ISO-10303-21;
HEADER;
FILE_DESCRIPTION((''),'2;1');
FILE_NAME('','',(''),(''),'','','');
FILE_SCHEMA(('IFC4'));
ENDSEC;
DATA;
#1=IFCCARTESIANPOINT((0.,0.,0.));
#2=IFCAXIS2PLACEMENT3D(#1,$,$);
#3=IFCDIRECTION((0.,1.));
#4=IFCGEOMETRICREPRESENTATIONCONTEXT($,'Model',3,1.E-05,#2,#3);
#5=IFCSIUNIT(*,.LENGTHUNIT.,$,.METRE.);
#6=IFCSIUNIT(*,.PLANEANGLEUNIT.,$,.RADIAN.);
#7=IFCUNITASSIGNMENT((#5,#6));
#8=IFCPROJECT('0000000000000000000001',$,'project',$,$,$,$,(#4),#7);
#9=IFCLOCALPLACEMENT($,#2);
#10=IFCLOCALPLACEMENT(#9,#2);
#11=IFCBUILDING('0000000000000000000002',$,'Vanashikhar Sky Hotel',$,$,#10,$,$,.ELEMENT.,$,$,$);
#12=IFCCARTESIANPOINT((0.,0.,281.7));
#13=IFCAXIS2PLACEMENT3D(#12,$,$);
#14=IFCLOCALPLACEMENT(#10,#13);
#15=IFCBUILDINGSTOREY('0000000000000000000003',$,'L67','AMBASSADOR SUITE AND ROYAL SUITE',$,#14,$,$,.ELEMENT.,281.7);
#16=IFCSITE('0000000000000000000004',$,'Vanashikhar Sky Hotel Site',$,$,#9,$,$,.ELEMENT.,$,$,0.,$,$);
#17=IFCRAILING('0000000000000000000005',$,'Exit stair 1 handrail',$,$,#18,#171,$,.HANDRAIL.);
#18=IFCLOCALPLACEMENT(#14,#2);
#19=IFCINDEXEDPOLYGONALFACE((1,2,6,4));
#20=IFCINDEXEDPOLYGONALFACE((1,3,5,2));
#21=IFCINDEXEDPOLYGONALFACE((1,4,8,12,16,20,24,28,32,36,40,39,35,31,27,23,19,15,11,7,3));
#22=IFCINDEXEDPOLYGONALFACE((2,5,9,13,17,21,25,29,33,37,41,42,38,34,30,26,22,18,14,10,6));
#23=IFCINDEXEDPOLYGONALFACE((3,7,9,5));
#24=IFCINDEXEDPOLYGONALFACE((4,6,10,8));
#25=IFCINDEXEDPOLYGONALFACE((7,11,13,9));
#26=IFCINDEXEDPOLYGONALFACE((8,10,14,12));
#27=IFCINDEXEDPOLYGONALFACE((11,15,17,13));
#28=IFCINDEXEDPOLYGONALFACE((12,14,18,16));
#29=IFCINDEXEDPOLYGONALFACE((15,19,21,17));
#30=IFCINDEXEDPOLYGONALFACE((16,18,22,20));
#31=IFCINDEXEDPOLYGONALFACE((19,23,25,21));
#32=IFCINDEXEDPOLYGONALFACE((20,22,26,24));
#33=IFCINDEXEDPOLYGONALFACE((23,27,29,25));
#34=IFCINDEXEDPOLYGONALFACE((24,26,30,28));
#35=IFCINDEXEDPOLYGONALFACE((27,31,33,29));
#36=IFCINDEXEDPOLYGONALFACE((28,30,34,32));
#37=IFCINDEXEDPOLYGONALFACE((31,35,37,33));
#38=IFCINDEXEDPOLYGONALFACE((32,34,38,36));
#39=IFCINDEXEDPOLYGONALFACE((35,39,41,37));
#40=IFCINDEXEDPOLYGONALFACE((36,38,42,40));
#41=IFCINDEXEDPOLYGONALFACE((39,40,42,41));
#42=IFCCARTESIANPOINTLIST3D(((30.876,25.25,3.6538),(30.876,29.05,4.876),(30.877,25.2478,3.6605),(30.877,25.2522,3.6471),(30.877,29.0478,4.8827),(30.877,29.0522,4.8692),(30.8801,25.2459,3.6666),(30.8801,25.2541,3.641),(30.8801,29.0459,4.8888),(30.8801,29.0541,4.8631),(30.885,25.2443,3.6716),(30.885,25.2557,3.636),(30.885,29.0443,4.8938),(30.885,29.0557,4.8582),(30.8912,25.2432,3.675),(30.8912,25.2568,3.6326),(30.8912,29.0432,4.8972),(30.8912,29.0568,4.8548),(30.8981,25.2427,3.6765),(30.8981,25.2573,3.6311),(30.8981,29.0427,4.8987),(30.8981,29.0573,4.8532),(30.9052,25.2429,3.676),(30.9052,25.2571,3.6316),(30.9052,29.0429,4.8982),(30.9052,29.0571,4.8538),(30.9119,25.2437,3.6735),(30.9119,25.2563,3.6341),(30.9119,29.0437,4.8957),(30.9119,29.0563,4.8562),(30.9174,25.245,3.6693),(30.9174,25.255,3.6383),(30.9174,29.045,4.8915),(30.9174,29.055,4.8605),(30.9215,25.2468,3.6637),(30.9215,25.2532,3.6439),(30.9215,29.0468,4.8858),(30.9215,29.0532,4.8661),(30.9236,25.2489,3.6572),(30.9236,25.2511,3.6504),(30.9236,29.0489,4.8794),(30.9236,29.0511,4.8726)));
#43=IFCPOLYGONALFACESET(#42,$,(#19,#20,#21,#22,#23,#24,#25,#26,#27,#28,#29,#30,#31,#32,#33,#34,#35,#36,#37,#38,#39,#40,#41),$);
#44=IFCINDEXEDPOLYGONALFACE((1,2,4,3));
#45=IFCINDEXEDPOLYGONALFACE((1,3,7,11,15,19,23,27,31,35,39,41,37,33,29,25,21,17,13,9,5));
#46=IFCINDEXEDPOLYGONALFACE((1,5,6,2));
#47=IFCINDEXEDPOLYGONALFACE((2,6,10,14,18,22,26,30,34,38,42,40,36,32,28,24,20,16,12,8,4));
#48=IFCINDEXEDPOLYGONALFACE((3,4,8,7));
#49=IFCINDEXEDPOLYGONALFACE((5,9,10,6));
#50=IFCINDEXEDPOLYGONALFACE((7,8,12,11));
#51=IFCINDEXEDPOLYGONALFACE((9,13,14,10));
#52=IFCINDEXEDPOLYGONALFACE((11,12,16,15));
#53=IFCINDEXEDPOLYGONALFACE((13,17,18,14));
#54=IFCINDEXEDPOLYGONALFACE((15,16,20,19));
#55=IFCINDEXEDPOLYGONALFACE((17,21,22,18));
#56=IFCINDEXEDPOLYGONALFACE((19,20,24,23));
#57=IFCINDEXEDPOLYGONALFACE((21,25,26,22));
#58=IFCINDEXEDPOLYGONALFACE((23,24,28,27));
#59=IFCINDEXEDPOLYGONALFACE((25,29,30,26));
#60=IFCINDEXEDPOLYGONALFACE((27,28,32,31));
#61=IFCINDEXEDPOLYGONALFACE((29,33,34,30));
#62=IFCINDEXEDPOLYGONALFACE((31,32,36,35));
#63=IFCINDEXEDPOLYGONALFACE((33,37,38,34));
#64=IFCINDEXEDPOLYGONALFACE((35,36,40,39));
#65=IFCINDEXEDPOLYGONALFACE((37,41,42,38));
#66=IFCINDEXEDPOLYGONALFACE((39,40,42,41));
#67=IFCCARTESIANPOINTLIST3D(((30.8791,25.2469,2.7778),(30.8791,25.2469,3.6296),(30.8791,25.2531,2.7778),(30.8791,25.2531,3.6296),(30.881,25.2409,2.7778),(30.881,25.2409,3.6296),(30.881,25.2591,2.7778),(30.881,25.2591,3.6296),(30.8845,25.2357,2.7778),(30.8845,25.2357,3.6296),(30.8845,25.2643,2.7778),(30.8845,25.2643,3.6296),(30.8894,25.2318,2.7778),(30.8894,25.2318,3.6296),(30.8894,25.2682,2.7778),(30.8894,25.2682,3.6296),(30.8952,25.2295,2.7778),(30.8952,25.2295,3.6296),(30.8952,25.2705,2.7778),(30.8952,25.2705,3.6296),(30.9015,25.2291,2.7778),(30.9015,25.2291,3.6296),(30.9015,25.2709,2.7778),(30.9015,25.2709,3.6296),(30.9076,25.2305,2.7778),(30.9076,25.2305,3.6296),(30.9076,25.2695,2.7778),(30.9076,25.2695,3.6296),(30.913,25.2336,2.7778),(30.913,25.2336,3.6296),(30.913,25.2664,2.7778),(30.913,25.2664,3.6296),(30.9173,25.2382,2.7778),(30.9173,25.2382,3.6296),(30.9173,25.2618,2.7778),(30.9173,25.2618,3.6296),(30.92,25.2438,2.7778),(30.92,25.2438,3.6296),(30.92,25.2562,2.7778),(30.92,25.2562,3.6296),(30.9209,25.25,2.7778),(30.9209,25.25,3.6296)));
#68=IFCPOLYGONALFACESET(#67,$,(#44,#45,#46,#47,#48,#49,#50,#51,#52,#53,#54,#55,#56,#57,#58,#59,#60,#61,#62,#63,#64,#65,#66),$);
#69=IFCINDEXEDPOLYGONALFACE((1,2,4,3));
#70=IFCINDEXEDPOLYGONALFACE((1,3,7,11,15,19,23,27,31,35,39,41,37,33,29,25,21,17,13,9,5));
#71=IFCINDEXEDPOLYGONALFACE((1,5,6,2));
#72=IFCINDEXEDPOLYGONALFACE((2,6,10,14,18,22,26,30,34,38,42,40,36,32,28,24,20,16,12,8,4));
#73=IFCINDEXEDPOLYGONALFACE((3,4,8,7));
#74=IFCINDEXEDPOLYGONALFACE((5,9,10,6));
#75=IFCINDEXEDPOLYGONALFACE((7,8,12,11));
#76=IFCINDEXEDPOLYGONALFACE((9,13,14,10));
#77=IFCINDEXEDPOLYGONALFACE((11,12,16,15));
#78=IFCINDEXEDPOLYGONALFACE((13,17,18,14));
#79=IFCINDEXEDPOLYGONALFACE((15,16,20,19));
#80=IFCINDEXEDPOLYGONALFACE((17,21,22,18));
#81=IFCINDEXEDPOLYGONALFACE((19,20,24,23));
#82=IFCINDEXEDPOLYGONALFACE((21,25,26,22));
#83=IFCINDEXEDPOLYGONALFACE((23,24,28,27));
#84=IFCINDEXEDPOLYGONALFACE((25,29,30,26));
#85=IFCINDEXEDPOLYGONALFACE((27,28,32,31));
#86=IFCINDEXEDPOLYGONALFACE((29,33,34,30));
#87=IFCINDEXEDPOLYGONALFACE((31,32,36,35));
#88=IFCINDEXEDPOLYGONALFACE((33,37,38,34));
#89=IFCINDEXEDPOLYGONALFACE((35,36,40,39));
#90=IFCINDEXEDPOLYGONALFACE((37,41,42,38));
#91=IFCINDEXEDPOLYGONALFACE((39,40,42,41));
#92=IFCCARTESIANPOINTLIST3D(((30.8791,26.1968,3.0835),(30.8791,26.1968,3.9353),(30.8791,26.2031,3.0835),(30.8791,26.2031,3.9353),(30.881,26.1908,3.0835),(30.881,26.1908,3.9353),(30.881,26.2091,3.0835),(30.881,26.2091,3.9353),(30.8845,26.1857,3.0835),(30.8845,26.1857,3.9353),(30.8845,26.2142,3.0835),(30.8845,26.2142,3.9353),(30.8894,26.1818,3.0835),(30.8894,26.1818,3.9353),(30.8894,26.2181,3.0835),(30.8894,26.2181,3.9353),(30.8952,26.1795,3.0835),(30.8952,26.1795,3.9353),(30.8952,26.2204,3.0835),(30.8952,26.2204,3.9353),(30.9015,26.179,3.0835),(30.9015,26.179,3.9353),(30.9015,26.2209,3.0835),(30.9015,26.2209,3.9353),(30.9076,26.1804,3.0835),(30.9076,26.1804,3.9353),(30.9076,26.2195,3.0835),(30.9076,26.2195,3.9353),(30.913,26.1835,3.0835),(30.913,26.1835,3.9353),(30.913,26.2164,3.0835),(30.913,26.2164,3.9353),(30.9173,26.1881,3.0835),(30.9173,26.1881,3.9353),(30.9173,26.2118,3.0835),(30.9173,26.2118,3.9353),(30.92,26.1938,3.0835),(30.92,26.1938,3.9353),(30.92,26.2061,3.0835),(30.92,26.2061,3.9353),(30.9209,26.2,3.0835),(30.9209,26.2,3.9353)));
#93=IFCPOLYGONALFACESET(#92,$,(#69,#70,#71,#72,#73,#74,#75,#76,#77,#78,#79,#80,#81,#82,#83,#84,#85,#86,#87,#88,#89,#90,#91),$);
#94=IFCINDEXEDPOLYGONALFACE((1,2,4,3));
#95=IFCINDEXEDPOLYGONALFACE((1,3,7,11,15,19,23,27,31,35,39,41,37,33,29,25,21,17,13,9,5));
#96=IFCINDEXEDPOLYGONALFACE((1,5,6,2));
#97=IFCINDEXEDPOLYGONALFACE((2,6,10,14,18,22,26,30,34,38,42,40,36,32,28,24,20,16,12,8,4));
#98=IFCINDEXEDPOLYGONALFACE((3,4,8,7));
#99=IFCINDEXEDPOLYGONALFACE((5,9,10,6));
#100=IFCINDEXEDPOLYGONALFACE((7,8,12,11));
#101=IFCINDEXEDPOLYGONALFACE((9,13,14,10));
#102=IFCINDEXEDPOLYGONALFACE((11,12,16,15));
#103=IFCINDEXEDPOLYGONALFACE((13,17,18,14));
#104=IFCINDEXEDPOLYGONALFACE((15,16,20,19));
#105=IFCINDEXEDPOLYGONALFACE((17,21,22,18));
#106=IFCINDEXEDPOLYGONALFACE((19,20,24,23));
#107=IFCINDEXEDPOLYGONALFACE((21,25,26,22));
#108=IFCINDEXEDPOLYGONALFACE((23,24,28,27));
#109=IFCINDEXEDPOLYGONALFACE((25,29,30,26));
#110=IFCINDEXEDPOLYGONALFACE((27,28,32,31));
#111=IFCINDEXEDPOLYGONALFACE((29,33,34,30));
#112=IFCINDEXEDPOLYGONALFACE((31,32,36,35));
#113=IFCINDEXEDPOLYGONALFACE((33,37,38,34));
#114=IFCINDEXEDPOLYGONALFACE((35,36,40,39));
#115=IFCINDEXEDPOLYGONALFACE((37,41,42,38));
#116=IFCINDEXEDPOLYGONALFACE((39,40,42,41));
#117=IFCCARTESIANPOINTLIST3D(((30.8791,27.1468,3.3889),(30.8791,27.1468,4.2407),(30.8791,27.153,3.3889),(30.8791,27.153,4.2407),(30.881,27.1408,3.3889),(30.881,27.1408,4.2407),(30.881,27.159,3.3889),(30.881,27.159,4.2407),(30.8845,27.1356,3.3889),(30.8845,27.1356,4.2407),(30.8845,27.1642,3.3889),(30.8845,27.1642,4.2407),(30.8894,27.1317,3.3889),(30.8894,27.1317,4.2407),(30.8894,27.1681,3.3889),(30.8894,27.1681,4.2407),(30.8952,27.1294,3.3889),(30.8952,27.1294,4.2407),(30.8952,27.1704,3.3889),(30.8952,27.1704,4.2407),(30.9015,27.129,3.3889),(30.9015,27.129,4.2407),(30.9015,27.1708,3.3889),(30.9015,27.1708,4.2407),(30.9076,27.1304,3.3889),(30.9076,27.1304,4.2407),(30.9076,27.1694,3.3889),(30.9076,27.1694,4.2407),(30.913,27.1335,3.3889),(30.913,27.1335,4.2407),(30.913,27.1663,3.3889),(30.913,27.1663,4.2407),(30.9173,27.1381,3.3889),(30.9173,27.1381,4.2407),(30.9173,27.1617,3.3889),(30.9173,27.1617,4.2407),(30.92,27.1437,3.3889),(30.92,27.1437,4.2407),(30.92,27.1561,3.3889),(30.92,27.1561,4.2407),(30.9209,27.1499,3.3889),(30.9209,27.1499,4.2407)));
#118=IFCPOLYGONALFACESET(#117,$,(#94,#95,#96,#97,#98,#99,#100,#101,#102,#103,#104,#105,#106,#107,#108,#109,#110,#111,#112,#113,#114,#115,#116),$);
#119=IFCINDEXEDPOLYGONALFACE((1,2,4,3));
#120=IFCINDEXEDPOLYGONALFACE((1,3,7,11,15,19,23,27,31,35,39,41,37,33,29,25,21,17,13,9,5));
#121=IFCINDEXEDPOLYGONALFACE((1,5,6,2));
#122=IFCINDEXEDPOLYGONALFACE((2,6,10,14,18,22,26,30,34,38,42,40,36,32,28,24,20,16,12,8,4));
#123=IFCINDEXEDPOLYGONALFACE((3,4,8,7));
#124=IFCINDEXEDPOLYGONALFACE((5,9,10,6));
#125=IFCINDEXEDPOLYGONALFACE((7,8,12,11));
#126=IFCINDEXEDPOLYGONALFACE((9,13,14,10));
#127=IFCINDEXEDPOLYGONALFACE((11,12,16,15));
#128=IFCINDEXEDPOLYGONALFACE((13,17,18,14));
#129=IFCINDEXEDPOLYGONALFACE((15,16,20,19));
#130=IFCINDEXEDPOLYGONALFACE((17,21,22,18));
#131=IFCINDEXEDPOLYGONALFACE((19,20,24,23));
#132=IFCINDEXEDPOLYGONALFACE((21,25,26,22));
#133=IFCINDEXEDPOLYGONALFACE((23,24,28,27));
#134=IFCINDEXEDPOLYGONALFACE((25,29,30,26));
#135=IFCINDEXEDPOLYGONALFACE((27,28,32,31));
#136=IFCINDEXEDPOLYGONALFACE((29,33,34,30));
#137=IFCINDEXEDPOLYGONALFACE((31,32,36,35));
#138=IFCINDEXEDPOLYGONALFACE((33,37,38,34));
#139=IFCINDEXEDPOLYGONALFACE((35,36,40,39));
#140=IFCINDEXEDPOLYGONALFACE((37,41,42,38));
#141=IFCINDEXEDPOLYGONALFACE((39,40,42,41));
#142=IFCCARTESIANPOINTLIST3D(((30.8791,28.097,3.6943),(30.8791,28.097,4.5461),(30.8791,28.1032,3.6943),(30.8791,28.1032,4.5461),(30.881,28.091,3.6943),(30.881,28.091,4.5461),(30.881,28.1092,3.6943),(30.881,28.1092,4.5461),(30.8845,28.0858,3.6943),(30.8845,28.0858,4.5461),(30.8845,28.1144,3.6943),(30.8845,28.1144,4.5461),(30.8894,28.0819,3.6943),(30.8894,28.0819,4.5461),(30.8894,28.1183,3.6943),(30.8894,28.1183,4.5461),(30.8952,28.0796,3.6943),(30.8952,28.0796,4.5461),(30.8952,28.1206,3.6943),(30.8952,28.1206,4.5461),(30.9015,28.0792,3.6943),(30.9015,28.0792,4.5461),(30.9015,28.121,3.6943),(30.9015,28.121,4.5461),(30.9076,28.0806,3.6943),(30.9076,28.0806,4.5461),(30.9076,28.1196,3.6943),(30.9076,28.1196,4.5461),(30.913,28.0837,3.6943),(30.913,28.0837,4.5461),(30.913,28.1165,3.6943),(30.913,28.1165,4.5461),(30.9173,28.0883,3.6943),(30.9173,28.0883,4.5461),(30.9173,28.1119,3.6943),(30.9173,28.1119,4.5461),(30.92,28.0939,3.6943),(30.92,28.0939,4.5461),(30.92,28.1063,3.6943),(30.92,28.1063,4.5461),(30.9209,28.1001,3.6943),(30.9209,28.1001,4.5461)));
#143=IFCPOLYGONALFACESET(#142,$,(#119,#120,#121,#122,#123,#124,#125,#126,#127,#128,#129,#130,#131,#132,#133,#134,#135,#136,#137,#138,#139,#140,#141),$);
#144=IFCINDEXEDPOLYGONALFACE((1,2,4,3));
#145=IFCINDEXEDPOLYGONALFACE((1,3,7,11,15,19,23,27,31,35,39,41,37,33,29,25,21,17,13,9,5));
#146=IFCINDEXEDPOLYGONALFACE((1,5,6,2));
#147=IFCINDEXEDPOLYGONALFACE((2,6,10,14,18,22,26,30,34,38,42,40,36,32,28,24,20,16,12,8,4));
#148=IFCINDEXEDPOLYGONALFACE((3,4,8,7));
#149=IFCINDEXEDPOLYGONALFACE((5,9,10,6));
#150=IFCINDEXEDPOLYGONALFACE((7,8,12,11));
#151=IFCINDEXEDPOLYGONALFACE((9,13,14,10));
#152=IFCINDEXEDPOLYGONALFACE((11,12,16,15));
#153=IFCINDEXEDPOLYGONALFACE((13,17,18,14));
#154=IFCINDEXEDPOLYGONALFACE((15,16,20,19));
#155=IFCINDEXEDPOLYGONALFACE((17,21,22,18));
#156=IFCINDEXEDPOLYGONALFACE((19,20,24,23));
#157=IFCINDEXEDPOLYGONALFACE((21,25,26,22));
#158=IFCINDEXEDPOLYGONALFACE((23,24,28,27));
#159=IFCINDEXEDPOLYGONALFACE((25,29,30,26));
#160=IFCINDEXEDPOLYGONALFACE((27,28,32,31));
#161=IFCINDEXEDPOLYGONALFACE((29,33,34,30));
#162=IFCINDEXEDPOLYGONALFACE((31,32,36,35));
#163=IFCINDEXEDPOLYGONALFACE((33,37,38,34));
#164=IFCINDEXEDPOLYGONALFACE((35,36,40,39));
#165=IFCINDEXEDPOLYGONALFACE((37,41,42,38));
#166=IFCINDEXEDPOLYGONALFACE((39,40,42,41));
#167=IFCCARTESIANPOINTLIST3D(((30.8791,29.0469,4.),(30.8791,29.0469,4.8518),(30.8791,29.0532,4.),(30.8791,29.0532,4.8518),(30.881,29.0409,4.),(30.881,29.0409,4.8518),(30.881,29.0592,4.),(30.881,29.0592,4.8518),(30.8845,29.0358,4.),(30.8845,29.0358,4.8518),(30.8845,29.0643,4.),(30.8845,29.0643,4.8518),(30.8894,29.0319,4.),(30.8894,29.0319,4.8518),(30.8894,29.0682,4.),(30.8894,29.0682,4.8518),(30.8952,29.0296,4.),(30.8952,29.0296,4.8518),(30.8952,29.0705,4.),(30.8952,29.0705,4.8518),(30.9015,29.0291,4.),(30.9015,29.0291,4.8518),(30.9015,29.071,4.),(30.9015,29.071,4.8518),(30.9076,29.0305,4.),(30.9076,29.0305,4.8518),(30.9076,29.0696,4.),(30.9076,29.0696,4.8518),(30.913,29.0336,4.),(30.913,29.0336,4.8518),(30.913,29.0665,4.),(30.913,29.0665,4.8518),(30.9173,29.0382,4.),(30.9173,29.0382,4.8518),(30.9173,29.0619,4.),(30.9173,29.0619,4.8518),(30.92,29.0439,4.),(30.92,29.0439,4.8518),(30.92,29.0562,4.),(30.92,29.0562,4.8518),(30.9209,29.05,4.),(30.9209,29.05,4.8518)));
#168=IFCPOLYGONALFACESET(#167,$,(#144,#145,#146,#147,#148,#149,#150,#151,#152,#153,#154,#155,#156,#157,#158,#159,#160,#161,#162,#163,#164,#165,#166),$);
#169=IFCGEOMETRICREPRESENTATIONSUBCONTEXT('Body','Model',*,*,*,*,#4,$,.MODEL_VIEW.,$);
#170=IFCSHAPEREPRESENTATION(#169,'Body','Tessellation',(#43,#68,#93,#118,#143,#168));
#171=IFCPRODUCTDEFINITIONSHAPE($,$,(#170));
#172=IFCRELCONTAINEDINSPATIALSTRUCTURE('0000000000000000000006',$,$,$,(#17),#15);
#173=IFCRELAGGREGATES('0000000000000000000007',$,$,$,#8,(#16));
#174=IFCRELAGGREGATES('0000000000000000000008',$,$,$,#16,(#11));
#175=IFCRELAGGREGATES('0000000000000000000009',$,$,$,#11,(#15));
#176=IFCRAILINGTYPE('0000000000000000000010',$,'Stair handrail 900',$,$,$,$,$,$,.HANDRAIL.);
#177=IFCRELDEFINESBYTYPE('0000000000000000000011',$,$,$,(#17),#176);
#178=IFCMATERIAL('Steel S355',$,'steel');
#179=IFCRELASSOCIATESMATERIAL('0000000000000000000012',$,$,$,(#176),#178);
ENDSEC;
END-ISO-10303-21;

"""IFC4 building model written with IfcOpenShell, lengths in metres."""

from ifc_helpers import new_model, si_unit, direction, frame, origin, origin_2d, place, context, subcontext, project, spatial, circle, extrude, source, transform, mapped, material, type_object, element, save


model = new_model("IFC4")

# Units and contexts
model_context = context("Model", 3, precision=1e-05, world=origin(), true_north=direction((0.0, 1.0)))
body_context = subcontext(model_context, "Body", "Model", "MODEL_VIEW")
ifc_project = project(units=[si_unit("LENGTHUNIT", "METRE"), si_unit("PLANEANGLEUNIT", "RADIAN")], contexts=[model_context])

# Site, building, storey
site_placement = place(None, origin())
site = spatial("IfcSite", under=ifc_project, at=site_placement, Name="Vanashikhar Sky Hotel Site", CompositionType="ELEMENT", RefElevation=0.0)
building_placement = place(site_placement, origin())
building = spatial("IfcBuilding", under=site, at=building_placement, Name="Vanashikhar Sky Hotel", CompositionType="ELEMENT")
storey_placement = place(building_placement, frame((0.0, 0.0, 281.7)))
storey = spatial("IfcBuildingStorey", under=building, at=storey_placement, Name="L67", Description="AMBASSADOR SUITE AND ROYAL SUITE", CompositionType="ELEMENT", Elevation=281.7)

# Railing
ifc_material_1 = material(Name="Steel S355", Category="steel")
railing_type_1 = type_object("IfcRailingType", Name="Stair handrail 900", PredefinedType="HANDRAIL", material=ifc_material_1)
shared_shape_1 = source(origin(), body_context, "Body", "SweptSolid", [
    extrude(circle(Radius=0.0239, at=origin_2d()), frame((0.0, 0.0, 0.876), z_axis=(0.0, 0.951976, 0.306173), x_axis=(-1.0, 0.0, 0.0)), (0.0, 0.0, 1.0), 3.9917),
    extrude(circle(Radius=0.021, at=origin_2d()), origin(), (0.0, 0.0, 1.0), 0.8518),
    extrude(circle(Radius=0.021, at=origin_2d()), frame((0.0, 0.95, 0.3057)), (0.0, 0.0, 1.0), 0.8518),
    extrude(circle(Radius=0.021, at=origin_2d()), frame((0.0, 1.8999, 0.6111)), (0.0, 0.0, 1.0), 0.8518),
    extrude(circle(Radius=0.021, at=origin_2d()), frame((0.0, 2.8501, 0.9165)), (0.0, 0.0, 1.0), 0.8518),
    extrude(circle(Radius=0.021, at=origin_2d()), frame((0.0, 3.8, 1.2222)), (0.0, 0.0, 1.0), 0.8518),
])
railing_1_placement = place(storey_placement, frame((30.8999, 25.25, 2.7778)))
element("IfcRailing", 1, at=railing_1_placement, inside=storey, type_object=railing_type_1, Name="Exit stair 1 handrail", PredefinedType="HANDRAIL", context=body_context, shape_type="MappedRepresentation", body=[
    mapped(shared_shape_1, transform((0.0, 0.0, 0.0), scale=1.0)),
])

save(model, "model.ifc")
